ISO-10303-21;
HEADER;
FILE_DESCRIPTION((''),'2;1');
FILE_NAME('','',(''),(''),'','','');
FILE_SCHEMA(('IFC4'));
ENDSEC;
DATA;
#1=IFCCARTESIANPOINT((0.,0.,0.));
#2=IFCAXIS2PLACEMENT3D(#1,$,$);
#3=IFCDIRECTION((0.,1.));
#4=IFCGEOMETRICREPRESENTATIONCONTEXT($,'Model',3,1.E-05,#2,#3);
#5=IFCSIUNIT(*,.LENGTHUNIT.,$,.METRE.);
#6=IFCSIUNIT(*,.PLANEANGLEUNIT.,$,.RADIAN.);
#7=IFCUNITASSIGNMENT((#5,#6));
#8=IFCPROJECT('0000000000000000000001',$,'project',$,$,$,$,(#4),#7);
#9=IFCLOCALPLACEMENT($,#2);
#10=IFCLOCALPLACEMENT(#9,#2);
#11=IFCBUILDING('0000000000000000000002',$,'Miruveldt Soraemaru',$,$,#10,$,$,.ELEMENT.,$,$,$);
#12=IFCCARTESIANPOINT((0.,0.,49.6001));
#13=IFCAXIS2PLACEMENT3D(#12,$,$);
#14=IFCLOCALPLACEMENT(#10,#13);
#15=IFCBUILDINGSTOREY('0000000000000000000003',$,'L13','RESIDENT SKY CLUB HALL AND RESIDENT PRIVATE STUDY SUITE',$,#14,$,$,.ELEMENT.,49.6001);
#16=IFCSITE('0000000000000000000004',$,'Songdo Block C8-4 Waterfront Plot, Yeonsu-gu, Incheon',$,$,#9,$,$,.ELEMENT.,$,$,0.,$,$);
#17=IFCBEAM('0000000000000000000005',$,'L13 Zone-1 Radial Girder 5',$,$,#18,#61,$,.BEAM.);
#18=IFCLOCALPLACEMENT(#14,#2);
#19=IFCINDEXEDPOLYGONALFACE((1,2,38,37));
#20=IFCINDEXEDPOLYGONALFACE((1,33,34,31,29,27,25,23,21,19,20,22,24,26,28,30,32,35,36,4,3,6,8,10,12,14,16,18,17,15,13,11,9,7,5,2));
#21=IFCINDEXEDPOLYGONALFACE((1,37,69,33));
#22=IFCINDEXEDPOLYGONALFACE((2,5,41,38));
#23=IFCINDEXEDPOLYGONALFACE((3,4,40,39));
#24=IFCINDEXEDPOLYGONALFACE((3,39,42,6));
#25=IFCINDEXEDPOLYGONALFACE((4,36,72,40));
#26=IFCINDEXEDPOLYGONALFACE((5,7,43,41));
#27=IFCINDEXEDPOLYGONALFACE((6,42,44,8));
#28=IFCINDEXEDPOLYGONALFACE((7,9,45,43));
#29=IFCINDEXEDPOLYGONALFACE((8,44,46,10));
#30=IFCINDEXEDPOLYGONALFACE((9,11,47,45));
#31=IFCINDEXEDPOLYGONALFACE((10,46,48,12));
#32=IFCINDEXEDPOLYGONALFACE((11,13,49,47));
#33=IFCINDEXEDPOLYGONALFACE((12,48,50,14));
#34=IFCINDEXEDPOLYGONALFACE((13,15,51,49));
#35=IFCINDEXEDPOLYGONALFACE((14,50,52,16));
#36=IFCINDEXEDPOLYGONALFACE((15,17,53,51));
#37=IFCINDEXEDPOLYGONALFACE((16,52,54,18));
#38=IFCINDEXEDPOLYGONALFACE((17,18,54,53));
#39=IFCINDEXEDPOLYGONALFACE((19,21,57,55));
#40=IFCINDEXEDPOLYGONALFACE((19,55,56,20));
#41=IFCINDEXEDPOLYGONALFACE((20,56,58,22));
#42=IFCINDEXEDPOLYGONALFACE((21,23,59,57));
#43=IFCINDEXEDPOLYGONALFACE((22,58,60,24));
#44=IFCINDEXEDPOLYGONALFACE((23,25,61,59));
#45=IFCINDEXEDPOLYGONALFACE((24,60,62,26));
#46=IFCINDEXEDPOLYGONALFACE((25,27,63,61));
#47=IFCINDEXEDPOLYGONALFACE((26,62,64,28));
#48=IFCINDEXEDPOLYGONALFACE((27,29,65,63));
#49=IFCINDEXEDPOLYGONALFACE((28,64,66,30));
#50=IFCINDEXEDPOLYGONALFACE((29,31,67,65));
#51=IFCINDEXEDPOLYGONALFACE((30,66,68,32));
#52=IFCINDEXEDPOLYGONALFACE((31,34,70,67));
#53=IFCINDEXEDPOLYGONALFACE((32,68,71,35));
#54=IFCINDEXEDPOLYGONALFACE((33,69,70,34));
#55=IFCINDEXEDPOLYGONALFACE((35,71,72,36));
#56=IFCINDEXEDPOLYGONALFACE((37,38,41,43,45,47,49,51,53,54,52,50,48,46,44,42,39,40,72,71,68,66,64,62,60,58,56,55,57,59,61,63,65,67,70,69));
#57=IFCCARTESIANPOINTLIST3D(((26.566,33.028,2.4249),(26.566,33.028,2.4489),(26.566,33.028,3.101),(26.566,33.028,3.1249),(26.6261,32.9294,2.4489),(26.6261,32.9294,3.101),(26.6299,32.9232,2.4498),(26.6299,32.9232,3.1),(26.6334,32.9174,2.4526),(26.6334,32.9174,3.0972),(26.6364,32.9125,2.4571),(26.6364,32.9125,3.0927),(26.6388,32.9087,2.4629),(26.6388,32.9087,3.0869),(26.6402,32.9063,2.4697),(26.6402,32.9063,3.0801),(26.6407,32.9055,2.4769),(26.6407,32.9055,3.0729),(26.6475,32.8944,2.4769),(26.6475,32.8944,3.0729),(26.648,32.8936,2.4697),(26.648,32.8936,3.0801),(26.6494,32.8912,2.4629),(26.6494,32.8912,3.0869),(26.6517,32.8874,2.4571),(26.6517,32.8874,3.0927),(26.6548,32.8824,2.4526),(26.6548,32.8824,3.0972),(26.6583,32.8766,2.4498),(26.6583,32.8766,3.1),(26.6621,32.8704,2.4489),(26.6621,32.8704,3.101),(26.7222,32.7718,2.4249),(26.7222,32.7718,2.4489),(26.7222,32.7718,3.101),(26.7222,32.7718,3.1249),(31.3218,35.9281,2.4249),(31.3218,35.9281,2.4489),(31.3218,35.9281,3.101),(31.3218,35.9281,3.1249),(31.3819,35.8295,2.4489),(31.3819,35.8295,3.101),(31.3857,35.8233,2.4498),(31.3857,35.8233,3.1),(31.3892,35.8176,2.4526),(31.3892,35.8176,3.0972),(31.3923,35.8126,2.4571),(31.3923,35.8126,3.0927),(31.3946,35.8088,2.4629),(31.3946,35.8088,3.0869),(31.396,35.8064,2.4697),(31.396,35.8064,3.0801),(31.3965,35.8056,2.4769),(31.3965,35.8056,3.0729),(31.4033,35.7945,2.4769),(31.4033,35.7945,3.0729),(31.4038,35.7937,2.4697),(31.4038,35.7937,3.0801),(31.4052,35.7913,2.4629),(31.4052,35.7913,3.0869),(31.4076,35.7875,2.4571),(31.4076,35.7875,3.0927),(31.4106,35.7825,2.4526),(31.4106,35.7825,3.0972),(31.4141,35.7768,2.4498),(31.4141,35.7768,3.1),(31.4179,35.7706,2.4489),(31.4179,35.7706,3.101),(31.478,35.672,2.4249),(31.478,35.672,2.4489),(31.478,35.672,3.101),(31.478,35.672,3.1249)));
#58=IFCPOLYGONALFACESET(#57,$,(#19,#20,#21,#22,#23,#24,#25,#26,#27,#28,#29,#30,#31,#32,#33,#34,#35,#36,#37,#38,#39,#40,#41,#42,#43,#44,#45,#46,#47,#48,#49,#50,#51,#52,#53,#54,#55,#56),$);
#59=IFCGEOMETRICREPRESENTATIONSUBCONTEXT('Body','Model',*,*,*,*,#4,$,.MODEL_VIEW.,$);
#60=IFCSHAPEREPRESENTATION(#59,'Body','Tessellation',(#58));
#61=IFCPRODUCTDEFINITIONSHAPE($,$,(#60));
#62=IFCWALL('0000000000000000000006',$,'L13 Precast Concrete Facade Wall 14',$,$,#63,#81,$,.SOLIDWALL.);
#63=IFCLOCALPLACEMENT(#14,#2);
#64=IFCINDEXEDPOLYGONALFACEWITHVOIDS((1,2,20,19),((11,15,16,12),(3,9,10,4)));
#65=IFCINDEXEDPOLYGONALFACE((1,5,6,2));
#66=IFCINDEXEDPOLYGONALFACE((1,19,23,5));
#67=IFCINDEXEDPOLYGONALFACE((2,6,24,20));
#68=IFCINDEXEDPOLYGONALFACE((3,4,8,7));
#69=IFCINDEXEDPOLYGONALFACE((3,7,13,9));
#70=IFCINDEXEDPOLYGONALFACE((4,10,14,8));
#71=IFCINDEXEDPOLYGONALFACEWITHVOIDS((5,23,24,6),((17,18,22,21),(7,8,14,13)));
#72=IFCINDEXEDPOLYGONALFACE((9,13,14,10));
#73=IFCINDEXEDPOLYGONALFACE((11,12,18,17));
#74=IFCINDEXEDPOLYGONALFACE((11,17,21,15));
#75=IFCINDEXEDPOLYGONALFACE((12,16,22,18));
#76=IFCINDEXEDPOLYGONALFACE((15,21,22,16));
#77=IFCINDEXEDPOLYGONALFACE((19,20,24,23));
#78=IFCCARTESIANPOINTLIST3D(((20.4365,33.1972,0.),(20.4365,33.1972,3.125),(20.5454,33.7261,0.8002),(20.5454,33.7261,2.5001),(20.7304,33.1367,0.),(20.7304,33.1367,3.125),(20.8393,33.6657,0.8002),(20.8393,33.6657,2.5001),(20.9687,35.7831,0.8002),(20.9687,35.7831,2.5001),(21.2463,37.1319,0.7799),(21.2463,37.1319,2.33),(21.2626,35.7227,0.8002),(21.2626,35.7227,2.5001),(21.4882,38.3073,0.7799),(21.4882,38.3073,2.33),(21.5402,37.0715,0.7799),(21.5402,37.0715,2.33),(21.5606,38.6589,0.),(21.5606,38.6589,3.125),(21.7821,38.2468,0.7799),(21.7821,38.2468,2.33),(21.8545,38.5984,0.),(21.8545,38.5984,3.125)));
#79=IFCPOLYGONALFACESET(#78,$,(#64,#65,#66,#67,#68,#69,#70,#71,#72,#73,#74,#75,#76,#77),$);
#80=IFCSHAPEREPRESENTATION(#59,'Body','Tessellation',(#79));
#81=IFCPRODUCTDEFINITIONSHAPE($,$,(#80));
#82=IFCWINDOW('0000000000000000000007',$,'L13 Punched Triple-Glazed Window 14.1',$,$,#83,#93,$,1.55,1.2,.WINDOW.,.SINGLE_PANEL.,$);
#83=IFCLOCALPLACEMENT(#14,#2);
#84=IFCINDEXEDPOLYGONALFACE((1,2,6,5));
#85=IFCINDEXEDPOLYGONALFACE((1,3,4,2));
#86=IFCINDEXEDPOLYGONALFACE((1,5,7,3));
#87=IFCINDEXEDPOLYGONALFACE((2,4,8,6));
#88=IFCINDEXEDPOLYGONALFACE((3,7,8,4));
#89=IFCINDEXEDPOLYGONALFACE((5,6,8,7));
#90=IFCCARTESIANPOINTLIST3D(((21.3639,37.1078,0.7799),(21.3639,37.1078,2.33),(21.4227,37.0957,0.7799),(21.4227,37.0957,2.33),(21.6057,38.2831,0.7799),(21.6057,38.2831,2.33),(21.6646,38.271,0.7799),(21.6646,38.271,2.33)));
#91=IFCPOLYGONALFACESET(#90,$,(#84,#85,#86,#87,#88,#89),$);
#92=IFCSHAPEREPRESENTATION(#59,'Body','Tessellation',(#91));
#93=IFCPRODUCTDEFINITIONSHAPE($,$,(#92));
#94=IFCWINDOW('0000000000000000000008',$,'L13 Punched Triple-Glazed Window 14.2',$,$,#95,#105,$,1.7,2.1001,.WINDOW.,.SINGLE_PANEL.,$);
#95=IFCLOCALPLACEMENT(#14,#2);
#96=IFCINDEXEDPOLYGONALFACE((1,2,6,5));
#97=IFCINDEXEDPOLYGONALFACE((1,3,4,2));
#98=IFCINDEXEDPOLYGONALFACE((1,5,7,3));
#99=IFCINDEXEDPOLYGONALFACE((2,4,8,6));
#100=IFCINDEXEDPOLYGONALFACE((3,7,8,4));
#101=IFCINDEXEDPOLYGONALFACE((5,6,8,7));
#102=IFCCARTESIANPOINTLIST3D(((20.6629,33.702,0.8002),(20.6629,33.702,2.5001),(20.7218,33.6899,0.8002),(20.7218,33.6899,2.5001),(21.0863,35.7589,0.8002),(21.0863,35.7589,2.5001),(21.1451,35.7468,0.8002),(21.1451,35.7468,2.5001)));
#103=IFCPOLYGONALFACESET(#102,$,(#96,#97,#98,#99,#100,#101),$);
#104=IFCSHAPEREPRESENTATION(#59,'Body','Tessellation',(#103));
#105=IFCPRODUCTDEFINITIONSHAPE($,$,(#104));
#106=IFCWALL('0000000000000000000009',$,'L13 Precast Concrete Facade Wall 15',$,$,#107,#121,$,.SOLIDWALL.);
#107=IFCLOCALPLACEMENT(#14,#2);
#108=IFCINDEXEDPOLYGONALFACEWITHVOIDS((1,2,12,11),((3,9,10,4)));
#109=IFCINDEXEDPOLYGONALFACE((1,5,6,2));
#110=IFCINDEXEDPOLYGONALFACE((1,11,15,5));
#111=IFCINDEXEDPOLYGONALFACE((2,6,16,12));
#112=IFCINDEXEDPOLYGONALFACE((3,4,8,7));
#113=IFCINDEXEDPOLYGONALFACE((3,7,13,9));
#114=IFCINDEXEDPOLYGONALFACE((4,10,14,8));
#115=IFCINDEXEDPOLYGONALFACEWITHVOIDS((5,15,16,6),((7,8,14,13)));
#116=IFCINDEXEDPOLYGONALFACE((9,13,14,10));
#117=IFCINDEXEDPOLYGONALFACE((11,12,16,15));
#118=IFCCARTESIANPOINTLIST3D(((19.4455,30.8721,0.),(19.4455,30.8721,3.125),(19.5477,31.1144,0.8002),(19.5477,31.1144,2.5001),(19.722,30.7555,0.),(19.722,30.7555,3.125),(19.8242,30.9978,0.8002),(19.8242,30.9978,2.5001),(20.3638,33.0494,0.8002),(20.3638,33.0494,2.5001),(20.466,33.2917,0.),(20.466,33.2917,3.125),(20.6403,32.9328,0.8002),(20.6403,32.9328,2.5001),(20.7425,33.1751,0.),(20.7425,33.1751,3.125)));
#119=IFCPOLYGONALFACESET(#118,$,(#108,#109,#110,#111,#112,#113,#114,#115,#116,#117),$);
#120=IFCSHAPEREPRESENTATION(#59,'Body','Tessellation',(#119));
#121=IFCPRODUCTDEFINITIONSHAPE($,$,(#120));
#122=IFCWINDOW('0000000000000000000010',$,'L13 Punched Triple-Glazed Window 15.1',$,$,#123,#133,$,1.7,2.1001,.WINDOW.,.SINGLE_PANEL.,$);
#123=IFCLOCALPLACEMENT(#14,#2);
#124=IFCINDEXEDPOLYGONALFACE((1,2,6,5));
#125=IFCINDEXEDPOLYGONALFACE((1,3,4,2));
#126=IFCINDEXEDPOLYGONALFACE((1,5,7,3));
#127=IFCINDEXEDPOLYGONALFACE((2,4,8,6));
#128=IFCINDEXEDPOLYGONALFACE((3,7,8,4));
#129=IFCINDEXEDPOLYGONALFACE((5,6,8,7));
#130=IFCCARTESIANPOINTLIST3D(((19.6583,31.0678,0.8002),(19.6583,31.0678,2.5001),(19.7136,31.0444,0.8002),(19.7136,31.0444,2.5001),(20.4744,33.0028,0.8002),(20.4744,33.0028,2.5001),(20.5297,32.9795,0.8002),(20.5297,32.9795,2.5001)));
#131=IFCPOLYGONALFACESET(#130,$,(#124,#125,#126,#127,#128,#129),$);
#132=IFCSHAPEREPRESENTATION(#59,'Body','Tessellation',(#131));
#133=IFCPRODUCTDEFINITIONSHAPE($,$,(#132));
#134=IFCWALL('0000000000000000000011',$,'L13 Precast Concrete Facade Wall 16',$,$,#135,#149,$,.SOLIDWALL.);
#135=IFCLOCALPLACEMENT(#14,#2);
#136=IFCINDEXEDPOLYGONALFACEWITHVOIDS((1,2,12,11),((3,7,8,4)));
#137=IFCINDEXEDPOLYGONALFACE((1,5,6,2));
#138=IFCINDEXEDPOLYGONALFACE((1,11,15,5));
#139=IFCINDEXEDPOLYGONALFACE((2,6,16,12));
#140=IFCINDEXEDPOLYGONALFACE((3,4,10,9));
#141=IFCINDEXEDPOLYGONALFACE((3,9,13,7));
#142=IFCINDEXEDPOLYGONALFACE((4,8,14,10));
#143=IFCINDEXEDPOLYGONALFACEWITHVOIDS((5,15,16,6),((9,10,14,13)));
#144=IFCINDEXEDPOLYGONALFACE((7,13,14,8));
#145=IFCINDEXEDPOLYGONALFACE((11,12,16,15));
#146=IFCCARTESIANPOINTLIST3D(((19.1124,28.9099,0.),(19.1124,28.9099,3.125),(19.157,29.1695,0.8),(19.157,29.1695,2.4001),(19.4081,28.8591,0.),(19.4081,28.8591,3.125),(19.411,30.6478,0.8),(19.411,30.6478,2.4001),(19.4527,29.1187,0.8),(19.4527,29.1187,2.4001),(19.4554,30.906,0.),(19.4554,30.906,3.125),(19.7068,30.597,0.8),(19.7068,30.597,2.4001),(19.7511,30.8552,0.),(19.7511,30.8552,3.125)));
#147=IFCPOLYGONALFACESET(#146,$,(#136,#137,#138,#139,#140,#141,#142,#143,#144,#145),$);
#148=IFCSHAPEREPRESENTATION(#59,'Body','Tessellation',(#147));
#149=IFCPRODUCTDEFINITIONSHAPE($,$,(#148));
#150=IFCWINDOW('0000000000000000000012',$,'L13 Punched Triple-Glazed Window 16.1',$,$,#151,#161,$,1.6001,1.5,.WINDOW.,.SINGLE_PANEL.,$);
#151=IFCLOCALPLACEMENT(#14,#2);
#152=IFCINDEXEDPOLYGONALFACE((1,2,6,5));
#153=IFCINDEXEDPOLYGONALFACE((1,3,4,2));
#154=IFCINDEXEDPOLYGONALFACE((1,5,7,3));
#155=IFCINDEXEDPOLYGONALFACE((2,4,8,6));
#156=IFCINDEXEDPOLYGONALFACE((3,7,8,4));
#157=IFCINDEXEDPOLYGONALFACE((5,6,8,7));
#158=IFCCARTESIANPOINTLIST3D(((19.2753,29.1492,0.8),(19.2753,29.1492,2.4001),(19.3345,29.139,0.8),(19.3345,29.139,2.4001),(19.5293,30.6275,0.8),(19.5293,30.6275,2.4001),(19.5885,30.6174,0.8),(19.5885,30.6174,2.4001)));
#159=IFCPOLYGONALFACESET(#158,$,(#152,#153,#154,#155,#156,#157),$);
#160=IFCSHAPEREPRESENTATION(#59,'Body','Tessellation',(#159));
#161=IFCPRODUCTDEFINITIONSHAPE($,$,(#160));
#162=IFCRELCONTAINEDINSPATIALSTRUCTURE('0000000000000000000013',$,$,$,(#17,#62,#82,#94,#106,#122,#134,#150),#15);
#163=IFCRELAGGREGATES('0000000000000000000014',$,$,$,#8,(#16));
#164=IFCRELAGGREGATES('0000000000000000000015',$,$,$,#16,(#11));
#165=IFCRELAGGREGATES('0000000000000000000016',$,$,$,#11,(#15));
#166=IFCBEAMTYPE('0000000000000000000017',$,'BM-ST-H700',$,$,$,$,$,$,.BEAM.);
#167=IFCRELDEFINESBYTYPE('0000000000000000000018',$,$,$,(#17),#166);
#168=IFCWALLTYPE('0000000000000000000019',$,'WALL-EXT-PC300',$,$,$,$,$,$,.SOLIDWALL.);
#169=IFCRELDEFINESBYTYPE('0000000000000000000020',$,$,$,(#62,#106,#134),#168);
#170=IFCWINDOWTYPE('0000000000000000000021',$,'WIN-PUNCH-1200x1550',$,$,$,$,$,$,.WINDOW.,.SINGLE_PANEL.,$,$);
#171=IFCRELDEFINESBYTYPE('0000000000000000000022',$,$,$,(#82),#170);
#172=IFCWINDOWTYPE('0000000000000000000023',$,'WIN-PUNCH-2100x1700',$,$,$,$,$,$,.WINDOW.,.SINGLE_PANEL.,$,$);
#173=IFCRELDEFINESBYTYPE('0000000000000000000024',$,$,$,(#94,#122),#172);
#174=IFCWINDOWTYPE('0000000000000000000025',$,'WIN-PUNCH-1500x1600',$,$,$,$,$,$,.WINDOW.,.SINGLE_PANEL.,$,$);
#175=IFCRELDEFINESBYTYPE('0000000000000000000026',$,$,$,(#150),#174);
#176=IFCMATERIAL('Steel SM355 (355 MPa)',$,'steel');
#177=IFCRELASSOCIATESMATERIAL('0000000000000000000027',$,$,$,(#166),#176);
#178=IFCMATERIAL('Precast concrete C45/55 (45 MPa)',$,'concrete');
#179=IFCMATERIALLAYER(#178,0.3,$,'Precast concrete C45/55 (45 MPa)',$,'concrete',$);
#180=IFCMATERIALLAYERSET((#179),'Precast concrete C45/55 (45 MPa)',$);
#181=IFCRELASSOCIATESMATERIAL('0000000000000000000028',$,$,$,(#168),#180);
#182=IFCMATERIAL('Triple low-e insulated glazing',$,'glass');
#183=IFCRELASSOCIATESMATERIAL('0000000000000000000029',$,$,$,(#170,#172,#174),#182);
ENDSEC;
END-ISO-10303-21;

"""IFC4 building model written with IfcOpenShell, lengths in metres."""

from ifc_helpers import new_model, si_unit, direction, frame, frame_2d, origin, origin_2d, place, context, subcontext, project, spatial, rectangle, i_section, extrude, material, layer, layer_set, material_profile, profile_set, type_object, element, fill, save


model = new_model("IFC4")

# Units and contexts
model_context = context("Model", 3, precision=1e-05, world=origin(), true_north=direction((0.0, 1.0)))
body_context = subcontext(model_context, "Body", "Model", "MODEL_VIEW")
ifc_project = project(units=[si_unit("LENGTHUNIT", "METRE"), si_unit("PLANEANGLEUNIT", "RADIAN")], contexts=[model_context])

# Site, building, storey
site_placement = place(None, origin())
site = spatial("IfcSite", under=ifc_project, at=site_placement, Name="Songdo Block C8-4 Waterfront Plot, Yeonsu-gu, Incheon", CompositionType="ELEMENT", RefElevation=0.0)
building_placement = place(site_placement, origin())
building = spatial("IfcBuilding", under=site, at=building_placement, Name="Miruveldt Soraemaru", CompositionType="ELEMENT")
storey_placement = place(building_placement, frame((0.0, 0.0, 49.6001)))
storey = spatial("IfcBuildingStorey", under=building, at=storey_placement, Name="L13", Description="RESIDENT SKY CLUB HALL AND RESIDENT PRIVATE STUDY SUITE", CompositionType="ELEMENT", Elevation=49.6001)

# Beam
ifc_material_1 = material(Name="Steel SM355 (355 MPa)", Category="steel")
ifc_material_profile_1 = material_profile(ifc_material_1, i_section(OverallWidth=0.3, OverallDepth=0.7, WebThickness=0.0129, FlangeThickness=0.0239, FilletRadius=0.0281, at=origin_2d()), Name="Steel SM355 (355 MPa)", Category="steel")
ifc_profile_set_1 = profile_set([ifc_material_profile_1], Name="Steel SM355 (355 MPa)")
beam_type_1 = type_object("IfcBeamType", Name="BM-ST-H700", PredefinedType="BEAM", material=ifc_profile_set_1)
beam_1_placement = place(storey_placement, frame((31.3999, 35.8, 2.7749), z_axis=(-0.853778, -0.520638, 0.0), x_axis=(0.520638, -0.853778, 0.0)))
element("IfcBeam", 1, at=beam_1_placement, inside=storey, type_object=beam_type_1, Name="L13 Zone-1 Radial Girder 5", PredefinedType="BEAM", context=body_context, shape_type="SweptSolid", body=[
    extrude(i_section(OverallWidth=0.3, OverallDepth=0.7, WebThickness=0.0129, FlangeThickness=0.0239, FilletRadius=0.0281, at=origin_2d()), origin(), (0.0, 0.0, 1.0), 5.5703),
])

# Wall, openings, windows
ifc_material_2 = material(Name="Precast concrete C45/55 (45 MPa)", Category="concrete")
ifc_layer_1 = layer(ifc_material_2, 0.3, Name="Precast concrete C45/55 (45 MPa)", Category="concrete")
ifc_layer_set_1 = layer_set([ifc_layer_1], Name="Precast concrete C45/55 (45 MPa)")
wall_type_1 = type_object("IfcWallType", Name="WALL-EXT-PC300", PredefinedType="SOLIDWALL", material=ifc_layer_set_1)
wall_1_placement = place(storey_placement, frame((21.7075, 38.6287, 0.0), z_axis=(0.0, 0.0, 1.0), x_axis=(-0.201578, -0.979473, 0.0)))
wall_1 = element("IfcWall", 2, at=wall_1_placement, inside=storey, type_object=wall_type_1, Name="L13 Precast Concrete Facade Wall 14", PredefinedType="SOLIDWALL", context=body_context, shape_type="SweptSolid", body=[
    extrude(rectangle(XDim=5.5762, YDim=0.3, at=frame_2d((2.7881, 0.0))), origin(), (0.0, 0.0, 1.0), 3.125),
])
opening_1_placement = place(wall_1_placement, frame((0.3589, 0.0, 0.78)))
opening_1 = element("IfcOpeningElement", 3, at=opening_1_placement, cuts=wall_1, PredefinedType="OPENING", context=body_context, shape_type="SweptSolid", body=[
    extrude(rectangle(XDim=1.2, YDim=1.55, at=frame_2d((0.6001, 0.7749))), frame((0.0, 0.1602, 0.0), z_axis=(0.0, -1.0, 0.0), x_axis=(1.0, 0.0, 0.0)), (0.0, 0.0, 1.0), 0.3201),
])
opening_2_placement = place(wall_1_placement, frame((2.936, 0.0, 0.8)))
opening_2 = element("IfcOpeningElement", 4, at=opening_2_placement, cuts=wall_1, PredefinedType="OPENING", context=body_context, shape_type="SweptSolid", body=[
    extrude(rectangle(XDim=2.1001, YDim=1.7, at=frame_2d((1.05, 0.8501))), frame((0.0, 0.1602, 0.0), z_axis=(0.0, -1.0, 0.0), x_axis=(1.0, 0.0, 0.0)), (0.0, 0.0, 1.0), 0.3201),
])
ifc_material_3 = material(Name="Triple low-e insulated glazing", Category="glass")
window_type_1 = type_object("IfcWindowType", Name="WIN-PUNCH-1200x1550", PartitioningType="SINGLE_PANEL", PredefinedType="WINDOW", material=ifc_material_3)
window_1_placement = place(opening_1_placement, origin())
window_1 = element("IfcWindow", 5, at=window_1_placement, inside=storey, type_object=window_type_1, Name="L13 Punched Triple-Glazed Window 14.1", OverallHeight=1.55, OverallWidth=1.2, PartitioningType="SINGLE_PANEL", PredefinedType="WINDOW", context=body_context, shape_type="SweptSolid", body=[
    extrude(rectangle(XDim=1.2, YDim=1.55, at=frame_2d((0.6001, 0.7749))), frame((0.0, 0.03, 0.0), z_axis=(0.0, -1.0, 0.0), x_axis=(1.0, 0.0, 0.0)), (0.0, 0.0, 1.0), 0.0601),
])
fill(opening_1, window_1)
window_type_2 = type_object("IfcWindowType", Name="WIN-PUNCH-2100x1700", PartitioningType="SINGLE_PANEL", PredefinedType="WINDOW", material=ifc_material_3)
window_2_placement = place(opening_2_placement, origin())
window_2 = element("IfcWindow", 6, at=window_2_placement, inside=storey, type_object=window_type_2, Name="L13 Punched Triple-Glazed Window 14.2", OverallHeight=1.7, OverallWidth=2.1001, PartitioningType="SINGLE_PANEL", PredefinedType="WINDOW", context=body_context, shape_type="SweptSolid", body=[
    extrude(rectangle(XDim=2.1001, YDim=1.7, at=frame_2d((1.05, 0.8501))), frame((0.0, 0.03, 0.0), z_axis=(0.0, -1.0, 0.0), x_axis=(1.0, 0.0, 0.0)), (0.0, 0.0, 1.0), 0.0601),
])
fill(opening_2, window_2)

# Walls, openings, windows
wall_2_placement = place(storey_placement, frame((20.6042, 33.2334, 0.0), z_axis=(0.0, 0.0, 1.0), x_axis=(-0.388606, -0.921404, 0.0)))
wall_2 = element("IfcWall", 7, at=wall_2_placement, inside=storey, type_object=wall_type_1, Name="L13 Precast Concrete Facade Wall 15", PredefinedType="SOLIDWALL", context=body_context, shape_type="SweptSolid", body=[
    extrude(rectangle(XDim=2.626, YDim=0.3, at=frame_2d((1.313, 0.0))), origin(), (0.0, 0.0, 1.0), 3.125),
])
opening_3_placement = place(wall_2_placement, frame((0.2629, 0.0, 0.8)))
opening_3 = element("IfcOpeningElement", 8, at=opening_3_placement, cuts=wall_2, PredefinedType="OPENING", context=body_context, shape_type="SweptSolid", body=[
    extrude(rectangle(XDim=2.1001, YDim=1.7, at=frame_2d((1.05, 0.8501))), frame((0.0, 0.1602, 0.0), z_axis=(0.0, -1.0, 0.0), x_axis=(1.0, 0.0, 0.0)), (0.0, 0.0, 1.0), 0.3201),
])
window_3_placement = place(opening_3_placement, origin())
window_3 = element("IfcWindow", 9, at=window_3_placement, inside=storey, type_object=window_type_2, Name="L13 Punched Triple-Glazed Window 15.1", OverallHeight=1.7, OverallWidth=2.1001, PartitioningType="SINGLE_PANEL", PredefinedType="WINDOW", context=body_context, shape_type="SweptSolid", body=[
    extrude(rectangle(XDim=2.1001, YDim=1.7, at=frame_2d((1.05, 0.8501))), frame((0.0, 0.03, 0.0), z_axis=(0.0, -1.0, 0.0), x_axis=(1.0, 0.0, 0.0)), (0.0, 0.0, 1.0), 0.0601),
])
fill(opening_3, window_3)
wall_3_placement = place(storey_placement, frame((19.6033, 30.8806, 0.0), z_axis=(0.0, 0.0, 1.0), x_axis=(-0.169362, -0.985554, 0.0)))
wall_3 = element("IfcWall", 10, at=wall_3_placement, inside=storey, type_object=wall_type_1, Name="L13 Precast Concrete Facade Wall 16", PredefinedType="SOLIDWALL", context=body_context, shape_type="SweptSolid", body=[
    extrude(rectangle(XDim=2.0254, YDim=0.3, at=frame_2d((1.0127, 0.0))), origin(), (0.0, 0.0, 1.0), 3.125),
])
opening_4_placement = place(wall_3_placement, frame((0.262, 0.0, 0.8)))
opening_4 = element("IfcOpeningElement", 11, at=opening_4_placement, cuts=wall_3, PredefinedType="OPENING", context=body_context, shape_type="SweptSolid", body=[
    extrude(rectangle(XDim=1.5, YDim=1.6001, at=frame_2d((0.75, 0.8))), frame((0.0, 0.1602, 0.0), z_axis=(0.0, -1.0, 0.0), x_axis=(1.0, 0.0, 0.0)), (0.0, 0.0, 1.0), 0.3201),
])
window_type_3 = type_object("IfcWindowType", Name="WIN-PUNCH-1500x1600", PartitioningType="SINGLE_PANEL", PredefinedType="WINDOW", material=ifc_material_3)
window_4_placement = place(opening_4_placement, origin())
window_4 = element("IfcWindow", 12, at=window_4_placement, inside=storey, type_object=window_type_3, Name="L13 Punched Triple-Glazed Window 16.1", OverallHeight=1.6001, OverallWidth=1.5, PartitioningType="SINGLE_PANEL", PredefinedType="WINDOW", context=body_context, shape_type="SweptSolid", body=[
    extrude(rectangle(XDim=1.5, YDim=1.6001, at=frame_2d((0.75, 0.8))), frame((0.0, 0.03, 0.0), z_axis=(0.0, -1.0, 0.0), x_axis=(1.0, 0.0, 0.0)), (0.0, 0.0, 1.0), 0.0601),
])
fill(opening_4, window_4)

save(model, "model.ifc")
